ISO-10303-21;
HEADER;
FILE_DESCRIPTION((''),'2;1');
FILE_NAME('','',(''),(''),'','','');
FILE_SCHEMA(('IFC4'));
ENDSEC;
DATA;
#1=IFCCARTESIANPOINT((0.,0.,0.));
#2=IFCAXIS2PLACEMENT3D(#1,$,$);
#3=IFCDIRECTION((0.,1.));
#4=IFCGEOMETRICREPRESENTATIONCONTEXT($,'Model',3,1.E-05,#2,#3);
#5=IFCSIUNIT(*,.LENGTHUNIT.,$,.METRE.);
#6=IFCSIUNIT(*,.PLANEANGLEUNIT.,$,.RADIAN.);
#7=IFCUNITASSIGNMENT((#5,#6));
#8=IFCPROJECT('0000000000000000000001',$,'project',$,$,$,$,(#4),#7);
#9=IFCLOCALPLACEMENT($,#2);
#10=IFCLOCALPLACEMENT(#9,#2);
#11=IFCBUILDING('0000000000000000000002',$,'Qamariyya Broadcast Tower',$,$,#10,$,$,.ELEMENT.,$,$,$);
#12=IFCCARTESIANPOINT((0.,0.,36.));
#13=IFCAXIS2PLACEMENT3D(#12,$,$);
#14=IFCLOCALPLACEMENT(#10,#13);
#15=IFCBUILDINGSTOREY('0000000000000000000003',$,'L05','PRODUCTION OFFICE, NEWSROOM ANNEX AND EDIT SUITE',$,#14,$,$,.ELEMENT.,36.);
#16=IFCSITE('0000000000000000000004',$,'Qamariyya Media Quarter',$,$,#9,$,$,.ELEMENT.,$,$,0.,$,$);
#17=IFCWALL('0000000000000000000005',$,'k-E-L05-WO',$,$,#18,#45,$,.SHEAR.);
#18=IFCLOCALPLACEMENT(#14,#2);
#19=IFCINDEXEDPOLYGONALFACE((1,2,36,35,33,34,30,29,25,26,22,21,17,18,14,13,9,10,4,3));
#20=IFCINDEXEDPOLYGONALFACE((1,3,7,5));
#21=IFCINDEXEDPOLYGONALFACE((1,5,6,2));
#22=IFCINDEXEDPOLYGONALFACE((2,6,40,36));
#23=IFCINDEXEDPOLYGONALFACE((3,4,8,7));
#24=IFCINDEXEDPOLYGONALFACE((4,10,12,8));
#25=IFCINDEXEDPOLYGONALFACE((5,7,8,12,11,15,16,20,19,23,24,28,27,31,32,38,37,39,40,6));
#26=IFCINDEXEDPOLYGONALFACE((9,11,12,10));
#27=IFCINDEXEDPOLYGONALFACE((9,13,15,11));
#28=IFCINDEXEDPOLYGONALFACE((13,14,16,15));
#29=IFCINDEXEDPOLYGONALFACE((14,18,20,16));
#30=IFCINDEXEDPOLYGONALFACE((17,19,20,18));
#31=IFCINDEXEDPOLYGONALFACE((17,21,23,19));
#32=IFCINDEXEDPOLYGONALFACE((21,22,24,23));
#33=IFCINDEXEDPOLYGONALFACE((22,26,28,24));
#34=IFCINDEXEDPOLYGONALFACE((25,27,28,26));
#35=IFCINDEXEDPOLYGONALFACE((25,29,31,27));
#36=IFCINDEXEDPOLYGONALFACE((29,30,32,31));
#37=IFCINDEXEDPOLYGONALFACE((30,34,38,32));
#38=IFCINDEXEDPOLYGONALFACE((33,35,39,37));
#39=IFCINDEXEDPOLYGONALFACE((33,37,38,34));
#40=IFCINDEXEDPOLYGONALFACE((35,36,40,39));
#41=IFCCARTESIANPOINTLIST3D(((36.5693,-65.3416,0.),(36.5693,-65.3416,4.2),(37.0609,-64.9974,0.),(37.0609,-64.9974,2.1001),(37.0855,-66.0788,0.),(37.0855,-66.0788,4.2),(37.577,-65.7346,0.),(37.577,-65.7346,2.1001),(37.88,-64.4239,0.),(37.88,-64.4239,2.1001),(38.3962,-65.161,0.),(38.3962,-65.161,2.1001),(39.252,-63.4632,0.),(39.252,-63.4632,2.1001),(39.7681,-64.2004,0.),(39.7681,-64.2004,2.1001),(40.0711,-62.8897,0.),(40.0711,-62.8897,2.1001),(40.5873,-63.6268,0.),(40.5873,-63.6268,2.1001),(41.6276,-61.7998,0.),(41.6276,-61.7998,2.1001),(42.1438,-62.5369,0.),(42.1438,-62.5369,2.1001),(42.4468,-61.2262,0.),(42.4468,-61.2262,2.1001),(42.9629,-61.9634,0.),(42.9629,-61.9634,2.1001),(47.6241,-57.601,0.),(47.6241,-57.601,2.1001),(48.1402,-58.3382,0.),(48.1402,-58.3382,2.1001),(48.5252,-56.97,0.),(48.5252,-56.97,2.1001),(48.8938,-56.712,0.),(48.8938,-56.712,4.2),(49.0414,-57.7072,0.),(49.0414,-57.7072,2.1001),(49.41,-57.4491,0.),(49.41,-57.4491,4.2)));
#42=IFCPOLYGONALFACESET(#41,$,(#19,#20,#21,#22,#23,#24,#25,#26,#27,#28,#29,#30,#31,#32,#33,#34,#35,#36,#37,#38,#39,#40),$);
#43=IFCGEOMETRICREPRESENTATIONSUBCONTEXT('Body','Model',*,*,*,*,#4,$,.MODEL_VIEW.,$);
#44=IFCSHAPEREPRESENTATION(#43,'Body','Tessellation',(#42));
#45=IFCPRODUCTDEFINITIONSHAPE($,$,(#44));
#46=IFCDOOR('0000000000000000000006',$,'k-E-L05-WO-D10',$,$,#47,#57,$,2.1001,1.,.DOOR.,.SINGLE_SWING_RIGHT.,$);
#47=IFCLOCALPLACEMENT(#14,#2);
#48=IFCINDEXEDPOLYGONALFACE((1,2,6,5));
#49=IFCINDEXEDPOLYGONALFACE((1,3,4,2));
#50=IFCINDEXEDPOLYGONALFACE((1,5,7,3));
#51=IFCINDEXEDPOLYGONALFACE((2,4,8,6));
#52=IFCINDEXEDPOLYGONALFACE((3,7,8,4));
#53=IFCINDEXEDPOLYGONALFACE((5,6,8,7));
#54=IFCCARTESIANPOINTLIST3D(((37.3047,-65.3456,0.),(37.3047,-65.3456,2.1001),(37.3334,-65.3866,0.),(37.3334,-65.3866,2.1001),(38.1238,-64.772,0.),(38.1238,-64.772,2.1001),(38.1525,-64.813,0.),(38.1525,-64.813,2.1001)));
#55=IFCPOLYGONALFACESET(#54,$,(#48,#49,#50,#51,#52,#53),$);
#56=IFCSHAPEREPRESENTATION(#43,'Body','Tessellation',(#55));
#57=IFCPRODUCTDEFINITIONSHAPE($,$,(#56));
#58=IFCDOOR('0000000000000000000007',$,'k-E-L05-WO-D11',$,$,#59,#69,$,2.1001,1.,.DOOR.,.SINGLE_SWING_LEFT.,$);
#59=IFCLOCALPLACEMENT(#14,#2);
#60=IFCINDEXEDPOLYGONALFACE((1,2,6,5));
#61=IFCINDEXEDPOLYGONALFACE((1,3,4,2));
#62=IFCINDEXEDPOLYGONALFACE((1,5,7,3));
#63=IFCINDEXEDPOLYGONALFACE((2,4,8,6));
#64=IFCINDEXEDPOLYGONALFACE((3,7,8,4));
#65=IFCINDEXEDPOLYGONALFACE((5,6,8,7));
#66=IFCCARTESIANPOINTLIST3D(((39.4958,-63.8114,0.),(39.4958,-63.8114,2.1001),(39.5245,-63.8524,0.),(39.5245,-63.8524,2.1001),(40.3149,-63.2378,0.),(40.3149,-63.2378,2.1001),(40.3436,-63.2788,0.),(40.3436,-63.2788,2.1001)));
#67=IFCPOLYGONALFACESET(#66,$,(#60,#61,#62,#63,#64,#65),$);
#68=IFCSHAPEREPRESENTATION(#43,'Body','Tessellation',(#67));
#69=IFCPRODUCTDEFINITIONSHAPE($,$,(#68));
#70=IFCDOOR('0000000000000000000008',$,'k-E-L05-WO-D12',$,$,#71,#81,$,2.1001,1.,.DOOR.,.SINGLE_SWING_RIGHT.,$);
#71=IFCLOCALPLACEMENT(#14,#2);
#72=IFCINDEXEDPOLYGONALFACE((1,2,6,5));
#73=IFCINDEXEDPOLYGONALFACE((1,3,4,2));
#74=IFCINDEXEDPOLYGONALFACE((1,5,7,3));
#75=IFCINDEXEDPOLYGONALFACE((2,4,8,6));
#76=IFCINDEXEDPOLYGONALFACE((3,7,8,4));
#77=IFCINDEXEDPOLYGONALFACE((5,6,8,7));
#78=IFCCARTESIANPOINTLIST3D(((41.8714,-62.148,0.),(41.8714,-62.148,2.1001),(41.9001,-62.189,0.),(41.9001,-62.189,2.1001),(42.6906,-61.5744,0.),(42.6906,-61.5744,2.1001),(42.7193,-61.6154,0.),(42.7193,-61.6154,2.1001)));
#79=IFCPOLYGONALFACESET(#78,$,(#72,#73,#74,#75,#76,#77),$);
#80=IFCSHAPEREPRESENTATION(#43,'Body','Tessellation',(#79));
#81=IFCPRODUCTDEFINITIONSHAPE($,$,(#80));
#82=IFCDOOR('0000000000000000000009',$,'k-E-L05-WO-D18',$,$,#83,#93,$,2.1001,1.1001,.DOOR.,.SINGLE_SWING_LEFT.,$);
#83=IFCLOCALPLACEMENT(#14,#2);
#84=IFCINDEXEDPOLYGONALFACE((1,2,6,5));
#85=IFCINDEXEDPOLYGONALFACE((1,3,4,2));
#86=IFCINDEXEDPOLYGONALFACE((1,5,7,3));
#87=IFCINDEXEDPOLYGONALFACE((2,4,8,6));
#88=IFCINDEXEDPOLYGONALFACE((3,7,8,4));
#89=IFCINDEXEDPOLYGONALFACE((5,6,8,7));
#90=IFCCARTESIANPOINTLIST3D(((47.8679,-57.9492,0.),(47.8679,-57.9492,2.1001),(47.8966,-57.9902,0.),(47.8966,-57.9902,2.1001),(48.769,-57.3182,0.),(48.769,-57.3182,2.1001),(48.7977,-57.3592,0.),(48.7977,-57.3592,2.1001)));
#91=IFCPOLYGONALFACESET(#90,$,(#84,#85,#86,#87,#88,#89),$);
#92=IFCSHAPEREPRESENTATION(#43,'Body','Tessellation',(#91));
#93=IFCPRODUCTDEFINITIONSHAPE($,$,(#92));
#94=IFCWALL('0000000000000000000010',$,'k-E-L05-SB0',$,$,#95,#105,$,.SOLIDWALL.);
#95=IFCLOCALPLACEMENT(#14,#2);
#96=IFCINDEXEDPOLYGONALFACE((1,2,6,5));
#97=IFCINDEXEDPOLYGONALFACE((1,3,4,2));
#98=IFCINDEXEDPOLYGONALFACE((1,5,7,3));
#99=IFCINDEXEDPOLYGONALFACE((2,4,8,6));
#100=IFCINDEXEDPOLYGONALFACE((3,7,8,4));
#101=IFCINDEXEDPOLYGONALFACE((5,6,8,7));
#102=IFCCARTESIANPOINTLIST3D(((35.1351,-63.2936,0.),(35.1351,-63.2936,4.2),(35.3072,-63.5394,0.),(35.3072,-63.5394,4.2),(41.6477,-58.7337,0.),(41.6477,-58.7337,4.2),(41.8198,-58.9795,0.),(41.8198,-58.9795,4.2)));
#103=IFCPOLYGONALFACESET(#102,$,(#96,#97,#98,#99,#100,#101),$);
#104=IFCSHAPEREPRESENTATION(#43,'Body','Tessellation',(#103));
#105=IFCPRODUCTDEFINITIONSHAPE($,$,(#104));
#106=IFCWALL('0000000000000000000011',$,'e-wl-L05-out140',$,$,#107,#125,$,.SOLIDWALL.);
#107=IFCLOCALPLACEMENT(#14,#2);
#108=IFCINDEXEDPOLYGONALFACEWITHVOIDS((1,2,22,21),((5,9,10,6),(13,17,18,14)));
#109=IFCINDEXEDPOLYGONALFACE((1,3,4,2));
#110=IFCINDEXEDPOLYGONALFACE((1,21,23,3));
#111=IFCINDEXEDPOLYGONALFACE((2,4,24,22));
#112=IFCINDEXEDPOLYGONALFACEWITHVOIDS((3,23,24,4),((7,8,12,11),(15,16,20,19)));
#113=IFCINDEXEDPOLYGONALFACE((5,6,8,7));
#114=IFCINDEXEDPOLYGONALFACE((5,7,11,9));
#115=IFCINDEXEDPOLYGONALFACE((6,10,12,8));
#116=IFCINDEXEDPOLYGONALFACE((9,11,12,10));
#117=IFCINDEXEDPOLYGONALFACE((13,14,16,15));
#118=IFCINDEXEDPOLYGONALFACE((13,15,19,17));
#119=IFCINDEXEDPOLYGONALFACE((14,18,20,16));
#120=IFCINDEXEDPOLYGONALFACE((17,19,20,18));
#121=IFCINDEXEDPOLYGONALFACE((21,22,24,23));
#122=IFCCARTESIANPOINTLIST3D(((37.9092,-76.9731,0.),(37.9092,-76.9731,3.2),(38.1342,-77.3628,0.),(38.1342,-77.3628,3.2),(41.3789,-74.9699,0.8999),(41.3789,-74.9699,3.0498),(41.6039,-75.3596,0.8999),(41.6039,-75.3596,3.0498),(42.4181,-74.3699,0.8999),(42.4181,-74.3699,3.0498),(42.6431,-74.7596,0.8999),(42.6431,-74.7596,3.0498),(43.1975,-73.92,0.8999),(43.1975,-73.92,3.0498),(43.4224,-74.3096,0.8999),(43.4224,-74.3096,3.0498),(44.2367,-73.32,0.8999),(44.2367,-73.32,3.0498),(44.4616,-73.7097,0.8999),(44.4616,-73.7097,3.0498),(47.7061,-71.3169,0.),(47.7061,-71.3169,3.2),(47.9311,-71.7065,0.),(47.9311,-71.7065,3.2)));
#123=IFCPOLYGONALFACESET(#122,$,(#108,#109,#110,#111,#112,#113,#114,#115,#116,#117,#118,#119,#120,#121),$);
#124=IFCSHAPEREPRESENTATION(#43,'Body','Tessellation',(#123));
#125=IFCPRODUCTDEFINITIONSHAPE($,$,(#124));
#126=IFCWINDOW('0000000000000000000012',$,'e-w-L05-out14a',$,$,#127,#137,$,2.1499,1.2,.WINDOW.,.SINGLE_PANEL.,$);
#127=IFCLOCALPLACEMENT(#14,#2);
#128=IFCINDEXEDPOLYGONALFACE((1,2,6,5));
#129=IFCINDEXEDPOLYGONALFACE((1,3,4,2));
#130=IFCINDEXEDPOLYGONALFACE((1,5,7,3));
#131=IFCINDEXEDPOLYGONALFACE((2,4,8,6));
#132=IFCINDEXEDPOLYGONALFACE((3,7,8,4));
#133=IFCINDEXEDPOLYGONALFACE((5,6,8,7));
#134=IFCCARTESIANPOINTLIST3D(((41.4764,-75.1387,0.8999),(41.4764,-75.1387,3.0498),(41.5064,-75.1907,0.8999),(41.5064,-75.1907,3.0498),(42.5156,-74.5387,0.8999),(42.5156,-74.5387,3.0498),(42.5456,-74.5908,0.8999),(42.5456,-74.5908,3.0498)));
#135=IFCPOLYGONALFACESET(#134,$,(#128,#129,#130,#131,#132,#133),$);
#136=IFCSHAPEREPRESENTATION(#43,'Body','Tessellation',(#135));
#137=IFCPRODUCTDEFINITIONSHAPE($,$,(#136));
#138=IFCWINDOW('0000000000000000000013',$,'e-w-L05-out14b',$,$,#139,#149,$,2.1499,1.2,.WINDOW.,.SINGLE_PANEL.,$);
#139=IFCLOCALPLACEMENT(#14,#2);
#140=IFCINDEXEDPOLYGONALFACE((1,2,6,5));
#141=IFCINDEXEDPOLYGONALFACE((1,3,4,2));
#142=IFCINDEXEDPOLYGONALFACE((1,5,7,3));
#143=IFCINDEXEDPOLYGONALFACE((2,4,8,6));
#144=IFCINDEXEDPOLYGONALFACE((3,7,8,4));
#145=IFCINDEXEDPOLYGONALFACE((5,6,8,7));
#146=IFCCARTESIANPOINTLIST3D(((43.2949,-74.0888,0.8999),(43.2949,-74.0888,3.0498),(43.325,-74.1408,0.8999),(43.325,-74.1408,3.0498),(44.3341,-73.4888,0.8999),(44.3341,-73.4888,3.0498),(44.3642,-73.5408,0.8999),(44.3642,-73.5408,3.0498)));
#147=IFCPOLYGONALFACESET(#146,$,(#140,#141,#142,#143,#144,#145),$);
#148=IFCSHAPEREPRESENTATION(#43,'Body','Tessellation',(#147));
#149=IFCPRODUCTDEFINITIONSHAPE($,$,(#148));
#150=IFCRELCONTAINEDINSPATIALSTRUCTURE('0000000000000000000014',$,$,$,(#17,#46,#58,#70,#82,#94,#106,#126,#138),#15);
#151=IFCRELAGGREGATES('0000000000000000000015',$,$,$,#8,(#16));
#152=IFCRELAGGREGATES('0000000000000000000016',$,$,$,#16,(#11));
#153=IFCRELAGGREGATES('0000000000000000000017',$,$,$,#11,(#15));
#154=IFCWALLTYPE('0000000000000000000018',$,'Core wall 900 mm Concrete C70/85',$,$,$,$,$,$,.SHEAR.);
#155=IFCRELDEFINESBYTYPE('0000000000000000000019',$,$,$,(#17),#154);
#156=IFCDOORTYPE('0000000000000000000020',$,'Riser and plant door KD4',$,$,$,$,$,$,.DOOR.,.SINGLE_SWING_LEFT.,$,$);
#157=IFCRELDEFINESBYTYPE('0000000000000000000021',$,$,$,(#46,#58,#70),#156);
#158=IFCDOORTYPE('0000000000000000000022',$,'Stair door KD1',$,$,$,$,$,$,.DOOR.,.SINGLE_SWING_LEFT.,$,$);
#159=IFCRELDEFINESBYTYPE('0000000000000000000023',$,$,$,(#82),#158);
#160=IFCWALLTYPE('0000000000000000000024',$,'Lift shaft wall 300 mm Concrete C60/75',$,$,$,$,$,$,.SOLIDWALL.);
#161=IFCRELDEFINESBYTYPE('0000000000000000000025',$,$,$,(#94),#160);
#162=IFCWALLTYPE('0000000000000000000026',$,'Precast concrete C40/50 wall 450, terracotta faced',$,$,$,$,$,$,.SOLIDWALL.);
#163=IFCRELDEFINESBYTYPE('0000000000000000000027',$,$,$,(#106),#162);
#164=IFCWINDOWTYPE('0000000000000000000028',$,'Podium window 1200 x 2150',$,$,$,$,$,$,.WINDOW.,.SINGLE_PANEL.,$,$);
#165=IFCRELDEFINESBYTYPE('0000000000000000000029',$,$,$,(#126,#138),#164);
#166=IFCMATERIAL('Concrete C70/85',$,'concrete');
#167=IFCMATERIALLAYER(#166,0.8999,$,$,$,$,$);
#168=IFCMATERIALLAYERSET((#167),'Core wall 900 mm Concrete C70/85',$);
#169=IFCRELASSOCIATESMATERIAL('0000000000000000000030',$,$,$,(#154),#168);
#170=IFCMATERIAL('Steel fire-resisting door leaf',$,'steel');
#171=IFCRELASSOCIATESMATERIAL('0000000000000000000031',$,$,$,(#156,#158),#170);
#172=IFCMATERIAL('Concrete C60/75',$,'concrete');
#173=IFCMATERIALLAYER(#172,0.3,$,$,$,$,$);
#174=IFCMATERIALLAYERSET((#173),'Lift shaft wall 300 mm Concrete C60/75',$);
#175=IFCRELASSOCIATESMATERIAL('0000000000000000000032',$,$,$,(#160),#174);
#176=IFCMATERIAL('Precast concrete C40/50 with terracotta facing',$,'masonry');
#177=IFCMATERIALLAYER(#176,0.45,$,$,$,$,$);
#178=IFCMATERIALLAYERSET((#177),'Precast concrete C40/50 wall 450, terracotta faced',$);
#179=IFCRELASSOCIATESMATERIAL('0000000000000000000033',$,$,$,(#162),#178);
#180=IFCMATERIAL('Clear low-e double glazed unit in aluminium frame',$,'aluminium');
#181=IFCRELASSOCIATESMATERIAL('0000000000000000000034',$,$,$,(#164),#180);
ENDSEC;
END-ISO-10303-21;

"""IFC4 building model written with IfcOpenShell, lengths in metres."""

from ifc_helpers import new_model, si_unit, direction, frame, frame_2d, origin, place, context, subcontext, project, spatial, rectangle, extrude, material, layer, layer_set, type_object, element, fill, save


model = new_model("IFC4")

# Units and contexts
model_context = context("Model", 3, precision=1e-05, world=origin(), true_north=direction((0.0, 1.0)))
body_context = subcontext(model_context, "Body", "Model", "MODEL_VIEW")
ifc_project = project(units=[si_unit("LENGTHUNIT", "METRE"), si_unit("PLANEANGLEUNIT", "RADIAN")], contexts=[model_context])

# Site, building, storey
site_placement = place(None, origin())
site = spatial("IfcSite", under=ifc_project, at=site_placement, Name="Qamariyya Media Quarter", CompositionType="ELEMENT", RefElevation=0.0)
building_placement = place(site_placement, origin())
building = spatial("IfcBuilding", under=site, at=building_placement, Name="Qamariyya Broadcast Tower", CompositionType="ELEMENT")
storey_placement = place(building_placement, frame((0.0, 0.0, 36.0)))
storey = spatial("IfcBuildingStorey", under=building, at=storey_placement, Name="L05", Description="PRODUCTION OFFICE, NEWSROOM ANNEX AND EDIT SUITE", CompositionType="ELEMENT", Elevation=36.0)

# Shared definitions
ifc_material_1 = material(Name="Concrete C70/85", Category="concrete")

# Shared definitions
ifc_layer_1 = layer(ifc_material_1, 0.8999)
ifc_layer_set_1 = layer_set([ifc_layer_1], Name="Core wall 900 mm Concrete C70/85")
wall_type_1 = type_object("IfcWallType", Name="Core wall 900 mm Concrete C70/85", PredefinedType="SHEAR", material=ifc_layer_set_1)
ifc_material_2 = material(Name="Steel fire-resisting door leaf", Category="steel")

# Wall, openings, doors
wall_1_placement = place(storey_placement, frame((36.8274, -65.7102, 0.0), z_axis=(0.0, 0.0, 1.0), x_axis=(0.819153, 0.573575, 0.0)))
wall_1 = element("IfcWall", 1, at=wall_1_placement, inside=storey, type_object=wall_type_1, Name="k-E-L05-WO", PredefinedType="SHEAR", context=body_context, shape_type="SweptSolid", body=[
    extrude(rectangle(XDim=15.0454, YDim=0.8999, at=frame_2d((7.5227, 0.0))), origin(), (0.0, 0.0, 1.0), 4.2),
])
opening_1_placement = place(wall_1_placement, frame((0.6001, 0.0, 0.0)))
opening_1 = element("IfcOpeningElement", 2, at=opening_1_placement, cuts=wall_1, PredefinedType="OPENING", context=body_context, shape_type="SweptSolid", body=[
    extrude(rectangle(XDim=1.0, YDim=2.1001, at=frame_2d((0.5, 1.05))), frame((0.0, 0.46, 0.0), z_axis=(0.0, -1.0, 0.0), x_axis=(1.0, 0.0, 0.0)), (0.0, 0.0, 1.0), 0.9199),
])
opening_2_placement = place(wall_1_placement, frame((3.2749, 0.0, 0.0)))
opening_2 = element("IfcOpeningElement", 3, at=opening_2_placement, cuts=wall_1, PredefinedType="OPENING", context=body_context, shape_type="SweptSolid", body=[
    extrude(rectangle(XDim=1.0, YDim=2.1001, at=frame_2d((0.5, 1.05))), frame((0.0, 0.46, 0.0), z_axis=(0.0, -1.0, 0.0), x_axis=(1.0, 0.0, 0.0)), (0.0, 0.0, 1.0), 0.9199),
])
opening_3_placement = place(wall_1_placement, frame((6.175, 0.0, 0.0)))
opening_3 = element("IfcOpeningElement", 4, at=opening_3_placement, cuts=wall_1, PredefinedType="OPENING", context=body_context, shape_type="SweptSolid", body=[
    extrude(rectangle(XDim=1.0, YDim=2.1001, at=frame_2d((0.5, 1.05))), frame((0.0, 0.46, 0.0), z_axis=(0.0, -1.0, 0.0), x_axis=(1.0, 0.0, 0.0)), (0.0, 0.0, 1.0), 0.9199),
])
opening_4_placement = place(wall_1_placement, frame((13.4954, 0.0, 0.0)))
opening_4 = element("IfcOpeningElement", 5, at=opening_4_placement, cuts=wall_1, PredefinedType="OPENING", context=body_context, shape_type="SweptSolid", body=[
    extrude(rectangle(XDim=1.1001, YDim=2.1001, at=frame_2d((0.55, 1.05))), frame((0.0, 0.46, 0.0), z_axis=(0.0, -1.0, 0.0), x_axis=(1.0, 0.0, 0.0)), (0.0, 0.0, 1.0), 0.9199),
])
door_type_1 = type_object("IfcDoorType", Name="Riser and plant door KD4", OperationType="SINGLE_SWING_LEFT", PredefinedType="DOOR", material=ifc_material_2)
door_1_placement = place(opening_1_placement, origin())
door_1 = element("IfcDoor", 6, at=door_1_placement, inside=storey, type_object=door_type_1, Name="k-E-L05-WO-D10", OperationType="SINGLE_SWING_RIGHT", OverallHeight=2.1001, OverallWidth=1.0, PredefinedType="DOOR", context=body_context, shape_type="SweptSolid", body=[
    extrude(rectangle(XDim=1.0, YDim=2.1001, at=frame_2d((0.5, 1.05))), frame((0.0, 0.0249, 0.0), z_axis=(0.0, -1.0, 0.0), x_axis=(1.0, 0.0, 0.0)), (0.0, 0.0, 1.0), 0.05),
])
fill(opening_1, door_1)
door_2_placement = place(opening_2_placement, origin())
door_2 = element("IfcDoor", 7, at=door_2_placement, inside=storey, type_object=door_type_1, Name="k-E-L05-WO-D11", OperationType="SINGLE_SWING_LEFT", OverallHeight=2.1001, OverallWidth=1.0, PredefinedType="DOOR", context=body_context, shape_type="SweptSolid", body=[
    extrude(rectangle(XDim=1.0, YDim=2.1001, at=frame_2d((0.5, 1.05))), frame((0.0, 0.0249, 0.0), z_axis=(0.0, -1.0, 0.0), x_axis=(1.0, 0.0, 0.0)), (0.0, 0.0, 1.0), 0.05),
])
fill(opening_2, door_2)
door_3_placement = place(opening_3_placement, origin())
door_3 = element("IfcDoor", 8, at=door_3_placement, inside=storey, type_object=door_type_1, Name="k-E-L05-WO-D12", OperationType="SINGLE_SWING_RIGHT", OverallHeight=2.1001, OverallWidth=1.0, PredefinedType="DOOR", context=body_context, shape_type="SweptSolid", body=[
    extrude(rectangle(XDim=1.0, YDim=2.1001, at=frame_2d((0.5, 1.05))), frame((0.0, 0.0249, 0.0), z_axis=(0.0, -1.0, 0.0), x_axis=(1.0, 0.0, 0.0)), (0.0, 0.0, 1.0), 0.05),
])
fill(opening_3, door_3)
door_type_2 = type_object("IfcDoorType", Name="Stair door KD1", OperationType="SINGLE_SWING_LEFT", PredefinedType="DOOR", material=ifc_material_2)
door_4_placement = place(opening_4_placement, origin())
door_4 = element("IfcDoor", 9, at=door_4_placement, inside=storey, type_object=door_type_2, Name="k-E-L05-WO-D18", OperationType="SINGLE_SWING_LEFT", OverallHeight=2.1001, OverallWidth=1.1001, PredefinedType="DOOR", context=body_context, shape_type="SweptSolid", body=[
    extrude(rectangle(XDim=1.1001, YDim=2.1001, at=frame_2d((0.55, 1.05))), frame((0.0, 0.0249, 0.0), z_axis=(0.0, -1.0, 0.0), x_axis=(1.0, 0.0, 0.0)), (0.0, 0.0, 1.0), 0.05),
])
fill(opening_4, door_4)

# Wall
ifc_material_3 = material(Name="Concrete C60/75", Category="concrete")
ifc_layer_2 = layer(ifc_material_3, 0.3)
ifc_layer_set_2 = layer_set([ifc_layer_2], Name="Lift shaft wall 300 mm Concrete C60/75")
wall_type_2 = type_object("IfcWallType", Name="Lift shaft wall 300 mm Concrete C60/75", PredefinedType="SOLIDWALL", material=ifc_layer_set_2)
wall_2_placement = place(storey_placement, frame((35.2212, -63.4165, 0.0), z_axis=(0.0, 0.0, 1.0), x_axis=(0.819167, 0.573555, 0.0)))
element("IfcWall", 10, at=wall_2_placement, inside=storey, type_object=wall_type_2, Name="k-E-L05-SB0", PredefinedType="SOLIDWALL", context=body_context, shape_type="SweptSolid", body=[
    extrude(rectangle(XDim=7.9502, YDim=0.3, at=frame_2d((3.9751, 0.0))), origin(), (0.0, 0.0, 1.0), 4.2),
])

# Wall, openings, windows
ifc_material_4 = material(Name="Precast concrete C40/50 with terracotta facing", Category="masonry")
ifc_layer_3 = layer(ifc_material_4, 0.45)
ifc_layer_set_3 = layer_set([ifc_layer_3], Name="Precast concrete C40/50 wall 450, terracotta faced")
wall_type_3 = type_object("IfcWallType", Name="Precast concrete C40/50 wall 450, terracotta faced", PredefinedType="SOLIDWALL", material=ifc_layer_set_3)
wall_3_placement = place(storey_placement, frame((38.0217, -77.168, 0.0), z_axis=(0.0, 0.0, 1.0), x_axis=(0.866025, 0.500001, 0.0)))
wall_3 = element("IfcWall", 11, at=wall_3_placement, inside=storey, type_object=wall_type_3, Name="e-wl-L05-out140", PredefinedType="SOLIDWALL", context=body_context, shape_type="SweptSolid", body=[
    extrude(rectangle(XDim=11.3125, YDim=0.45, at=frame_2d((5.6562, 0.0))), origin(), (0.0, 0.0, 1.0), 3.2),
])
opening_5_placement = place(wall_3_placement, frame((4.0063, 0.0, 0.8999)))
opening_5 = element("IfcOpeningElement", 12, at=opening_5_placement, cuts=wall_3, PredefinedType="OPENING", context=body_context, shape_type="SweptSolid", body=[
    extrude(rectangle(XDim=1.2, YDim=2.1499, at=frame_2d((0.6001, 1.075))), frame((0.0, 0.2349, 0.0), z_axis=(0.0, -1.0, 0.0), x_axis=(1.0, 0.0, 0.0)), (0.0, 0.0, 1.0), 0.47),
])
opening_6_placement = place(wall_3_placement, frame((6.1062, 0.0, 0.8999)))
opening_6 = element("IfcOpeningElement", 13, at=opening_6_placement, cuts=wall_3, PredefinedType="OPENING", context=body_context, shape_type="SweptSolid", body=[
    extrude(rectangle(XDim=1.2, YDim=2.1499, at=frame_2d((0.6001, 1.075))), frame((0.0, 0.2349, 0.0), z_axis=(0.0, -1.0, 0.0), x_axis=(1.0, 0.0, 0.0)), (0.0, 0.0, 1.0), 0.47),
])
ifc_material_5 = material(Name="Clear low-e double glazed unit in aluminium frame", Category="aluminium")
window_type = type_object("IfcWindowType", Name="Podium window 1200 x 2150", PartitioningType="SINGLE_PANEL", PredefinedType="WINDOW", material=ifc_material_5)
window_1_placement = place(opening_5_placement, origin())
window_1 = element("IfcWindow", 14, at=window_1_placement, inside=storey, type_object=window_type, Name="e-w-L05-out14a", OverallHeight=2.1499, OverallWidth=1.2, PartitioningType="SINGLE_PANEL", PredefinedType="WINDOW", context=body_context, shape_type="SweptSolid", body=[
    extrude(rectangle(XDim=1.2, YDim=2.1499, at=frame_2d((0.6001, 1.075))), frame((0.0, 0.03, 0.0), z_axis=(0.0, -1.0, 0.0), x_axis=(1.0, 0.0, 0.0)), (0.0, 0.0, 1.0), 0.0601),
])
fill(opening_5, window_1)
window_2_placement = place(opening_6_placement, origin())
window_2 = element("IfcWindow", 15, at=window_2_placement, inside=storey, type_object=window_type, Name="e-w-L05-out14b", OverallHeight=2.1499, OverallWidth=1.2, PartitioningType="SINGLE_PANEL", PredefinedType="WINDOW", context=body_context, shape_type="SweptSolid", body=[
    extrude(rectangle(XDim=1.2, YDim=2.1499, at=frame_2d((0.6001, 1.075))), frame((0.0, 0.03, 0.0), z_axis=(0.0, -1.0, 0.0), x_axis=(1.0, 0.0, 0.0)), (0.0, 0.0, 1.0), 0.0601),
])
fill(opening_6, window_2)

save(model, "model.ifc")
